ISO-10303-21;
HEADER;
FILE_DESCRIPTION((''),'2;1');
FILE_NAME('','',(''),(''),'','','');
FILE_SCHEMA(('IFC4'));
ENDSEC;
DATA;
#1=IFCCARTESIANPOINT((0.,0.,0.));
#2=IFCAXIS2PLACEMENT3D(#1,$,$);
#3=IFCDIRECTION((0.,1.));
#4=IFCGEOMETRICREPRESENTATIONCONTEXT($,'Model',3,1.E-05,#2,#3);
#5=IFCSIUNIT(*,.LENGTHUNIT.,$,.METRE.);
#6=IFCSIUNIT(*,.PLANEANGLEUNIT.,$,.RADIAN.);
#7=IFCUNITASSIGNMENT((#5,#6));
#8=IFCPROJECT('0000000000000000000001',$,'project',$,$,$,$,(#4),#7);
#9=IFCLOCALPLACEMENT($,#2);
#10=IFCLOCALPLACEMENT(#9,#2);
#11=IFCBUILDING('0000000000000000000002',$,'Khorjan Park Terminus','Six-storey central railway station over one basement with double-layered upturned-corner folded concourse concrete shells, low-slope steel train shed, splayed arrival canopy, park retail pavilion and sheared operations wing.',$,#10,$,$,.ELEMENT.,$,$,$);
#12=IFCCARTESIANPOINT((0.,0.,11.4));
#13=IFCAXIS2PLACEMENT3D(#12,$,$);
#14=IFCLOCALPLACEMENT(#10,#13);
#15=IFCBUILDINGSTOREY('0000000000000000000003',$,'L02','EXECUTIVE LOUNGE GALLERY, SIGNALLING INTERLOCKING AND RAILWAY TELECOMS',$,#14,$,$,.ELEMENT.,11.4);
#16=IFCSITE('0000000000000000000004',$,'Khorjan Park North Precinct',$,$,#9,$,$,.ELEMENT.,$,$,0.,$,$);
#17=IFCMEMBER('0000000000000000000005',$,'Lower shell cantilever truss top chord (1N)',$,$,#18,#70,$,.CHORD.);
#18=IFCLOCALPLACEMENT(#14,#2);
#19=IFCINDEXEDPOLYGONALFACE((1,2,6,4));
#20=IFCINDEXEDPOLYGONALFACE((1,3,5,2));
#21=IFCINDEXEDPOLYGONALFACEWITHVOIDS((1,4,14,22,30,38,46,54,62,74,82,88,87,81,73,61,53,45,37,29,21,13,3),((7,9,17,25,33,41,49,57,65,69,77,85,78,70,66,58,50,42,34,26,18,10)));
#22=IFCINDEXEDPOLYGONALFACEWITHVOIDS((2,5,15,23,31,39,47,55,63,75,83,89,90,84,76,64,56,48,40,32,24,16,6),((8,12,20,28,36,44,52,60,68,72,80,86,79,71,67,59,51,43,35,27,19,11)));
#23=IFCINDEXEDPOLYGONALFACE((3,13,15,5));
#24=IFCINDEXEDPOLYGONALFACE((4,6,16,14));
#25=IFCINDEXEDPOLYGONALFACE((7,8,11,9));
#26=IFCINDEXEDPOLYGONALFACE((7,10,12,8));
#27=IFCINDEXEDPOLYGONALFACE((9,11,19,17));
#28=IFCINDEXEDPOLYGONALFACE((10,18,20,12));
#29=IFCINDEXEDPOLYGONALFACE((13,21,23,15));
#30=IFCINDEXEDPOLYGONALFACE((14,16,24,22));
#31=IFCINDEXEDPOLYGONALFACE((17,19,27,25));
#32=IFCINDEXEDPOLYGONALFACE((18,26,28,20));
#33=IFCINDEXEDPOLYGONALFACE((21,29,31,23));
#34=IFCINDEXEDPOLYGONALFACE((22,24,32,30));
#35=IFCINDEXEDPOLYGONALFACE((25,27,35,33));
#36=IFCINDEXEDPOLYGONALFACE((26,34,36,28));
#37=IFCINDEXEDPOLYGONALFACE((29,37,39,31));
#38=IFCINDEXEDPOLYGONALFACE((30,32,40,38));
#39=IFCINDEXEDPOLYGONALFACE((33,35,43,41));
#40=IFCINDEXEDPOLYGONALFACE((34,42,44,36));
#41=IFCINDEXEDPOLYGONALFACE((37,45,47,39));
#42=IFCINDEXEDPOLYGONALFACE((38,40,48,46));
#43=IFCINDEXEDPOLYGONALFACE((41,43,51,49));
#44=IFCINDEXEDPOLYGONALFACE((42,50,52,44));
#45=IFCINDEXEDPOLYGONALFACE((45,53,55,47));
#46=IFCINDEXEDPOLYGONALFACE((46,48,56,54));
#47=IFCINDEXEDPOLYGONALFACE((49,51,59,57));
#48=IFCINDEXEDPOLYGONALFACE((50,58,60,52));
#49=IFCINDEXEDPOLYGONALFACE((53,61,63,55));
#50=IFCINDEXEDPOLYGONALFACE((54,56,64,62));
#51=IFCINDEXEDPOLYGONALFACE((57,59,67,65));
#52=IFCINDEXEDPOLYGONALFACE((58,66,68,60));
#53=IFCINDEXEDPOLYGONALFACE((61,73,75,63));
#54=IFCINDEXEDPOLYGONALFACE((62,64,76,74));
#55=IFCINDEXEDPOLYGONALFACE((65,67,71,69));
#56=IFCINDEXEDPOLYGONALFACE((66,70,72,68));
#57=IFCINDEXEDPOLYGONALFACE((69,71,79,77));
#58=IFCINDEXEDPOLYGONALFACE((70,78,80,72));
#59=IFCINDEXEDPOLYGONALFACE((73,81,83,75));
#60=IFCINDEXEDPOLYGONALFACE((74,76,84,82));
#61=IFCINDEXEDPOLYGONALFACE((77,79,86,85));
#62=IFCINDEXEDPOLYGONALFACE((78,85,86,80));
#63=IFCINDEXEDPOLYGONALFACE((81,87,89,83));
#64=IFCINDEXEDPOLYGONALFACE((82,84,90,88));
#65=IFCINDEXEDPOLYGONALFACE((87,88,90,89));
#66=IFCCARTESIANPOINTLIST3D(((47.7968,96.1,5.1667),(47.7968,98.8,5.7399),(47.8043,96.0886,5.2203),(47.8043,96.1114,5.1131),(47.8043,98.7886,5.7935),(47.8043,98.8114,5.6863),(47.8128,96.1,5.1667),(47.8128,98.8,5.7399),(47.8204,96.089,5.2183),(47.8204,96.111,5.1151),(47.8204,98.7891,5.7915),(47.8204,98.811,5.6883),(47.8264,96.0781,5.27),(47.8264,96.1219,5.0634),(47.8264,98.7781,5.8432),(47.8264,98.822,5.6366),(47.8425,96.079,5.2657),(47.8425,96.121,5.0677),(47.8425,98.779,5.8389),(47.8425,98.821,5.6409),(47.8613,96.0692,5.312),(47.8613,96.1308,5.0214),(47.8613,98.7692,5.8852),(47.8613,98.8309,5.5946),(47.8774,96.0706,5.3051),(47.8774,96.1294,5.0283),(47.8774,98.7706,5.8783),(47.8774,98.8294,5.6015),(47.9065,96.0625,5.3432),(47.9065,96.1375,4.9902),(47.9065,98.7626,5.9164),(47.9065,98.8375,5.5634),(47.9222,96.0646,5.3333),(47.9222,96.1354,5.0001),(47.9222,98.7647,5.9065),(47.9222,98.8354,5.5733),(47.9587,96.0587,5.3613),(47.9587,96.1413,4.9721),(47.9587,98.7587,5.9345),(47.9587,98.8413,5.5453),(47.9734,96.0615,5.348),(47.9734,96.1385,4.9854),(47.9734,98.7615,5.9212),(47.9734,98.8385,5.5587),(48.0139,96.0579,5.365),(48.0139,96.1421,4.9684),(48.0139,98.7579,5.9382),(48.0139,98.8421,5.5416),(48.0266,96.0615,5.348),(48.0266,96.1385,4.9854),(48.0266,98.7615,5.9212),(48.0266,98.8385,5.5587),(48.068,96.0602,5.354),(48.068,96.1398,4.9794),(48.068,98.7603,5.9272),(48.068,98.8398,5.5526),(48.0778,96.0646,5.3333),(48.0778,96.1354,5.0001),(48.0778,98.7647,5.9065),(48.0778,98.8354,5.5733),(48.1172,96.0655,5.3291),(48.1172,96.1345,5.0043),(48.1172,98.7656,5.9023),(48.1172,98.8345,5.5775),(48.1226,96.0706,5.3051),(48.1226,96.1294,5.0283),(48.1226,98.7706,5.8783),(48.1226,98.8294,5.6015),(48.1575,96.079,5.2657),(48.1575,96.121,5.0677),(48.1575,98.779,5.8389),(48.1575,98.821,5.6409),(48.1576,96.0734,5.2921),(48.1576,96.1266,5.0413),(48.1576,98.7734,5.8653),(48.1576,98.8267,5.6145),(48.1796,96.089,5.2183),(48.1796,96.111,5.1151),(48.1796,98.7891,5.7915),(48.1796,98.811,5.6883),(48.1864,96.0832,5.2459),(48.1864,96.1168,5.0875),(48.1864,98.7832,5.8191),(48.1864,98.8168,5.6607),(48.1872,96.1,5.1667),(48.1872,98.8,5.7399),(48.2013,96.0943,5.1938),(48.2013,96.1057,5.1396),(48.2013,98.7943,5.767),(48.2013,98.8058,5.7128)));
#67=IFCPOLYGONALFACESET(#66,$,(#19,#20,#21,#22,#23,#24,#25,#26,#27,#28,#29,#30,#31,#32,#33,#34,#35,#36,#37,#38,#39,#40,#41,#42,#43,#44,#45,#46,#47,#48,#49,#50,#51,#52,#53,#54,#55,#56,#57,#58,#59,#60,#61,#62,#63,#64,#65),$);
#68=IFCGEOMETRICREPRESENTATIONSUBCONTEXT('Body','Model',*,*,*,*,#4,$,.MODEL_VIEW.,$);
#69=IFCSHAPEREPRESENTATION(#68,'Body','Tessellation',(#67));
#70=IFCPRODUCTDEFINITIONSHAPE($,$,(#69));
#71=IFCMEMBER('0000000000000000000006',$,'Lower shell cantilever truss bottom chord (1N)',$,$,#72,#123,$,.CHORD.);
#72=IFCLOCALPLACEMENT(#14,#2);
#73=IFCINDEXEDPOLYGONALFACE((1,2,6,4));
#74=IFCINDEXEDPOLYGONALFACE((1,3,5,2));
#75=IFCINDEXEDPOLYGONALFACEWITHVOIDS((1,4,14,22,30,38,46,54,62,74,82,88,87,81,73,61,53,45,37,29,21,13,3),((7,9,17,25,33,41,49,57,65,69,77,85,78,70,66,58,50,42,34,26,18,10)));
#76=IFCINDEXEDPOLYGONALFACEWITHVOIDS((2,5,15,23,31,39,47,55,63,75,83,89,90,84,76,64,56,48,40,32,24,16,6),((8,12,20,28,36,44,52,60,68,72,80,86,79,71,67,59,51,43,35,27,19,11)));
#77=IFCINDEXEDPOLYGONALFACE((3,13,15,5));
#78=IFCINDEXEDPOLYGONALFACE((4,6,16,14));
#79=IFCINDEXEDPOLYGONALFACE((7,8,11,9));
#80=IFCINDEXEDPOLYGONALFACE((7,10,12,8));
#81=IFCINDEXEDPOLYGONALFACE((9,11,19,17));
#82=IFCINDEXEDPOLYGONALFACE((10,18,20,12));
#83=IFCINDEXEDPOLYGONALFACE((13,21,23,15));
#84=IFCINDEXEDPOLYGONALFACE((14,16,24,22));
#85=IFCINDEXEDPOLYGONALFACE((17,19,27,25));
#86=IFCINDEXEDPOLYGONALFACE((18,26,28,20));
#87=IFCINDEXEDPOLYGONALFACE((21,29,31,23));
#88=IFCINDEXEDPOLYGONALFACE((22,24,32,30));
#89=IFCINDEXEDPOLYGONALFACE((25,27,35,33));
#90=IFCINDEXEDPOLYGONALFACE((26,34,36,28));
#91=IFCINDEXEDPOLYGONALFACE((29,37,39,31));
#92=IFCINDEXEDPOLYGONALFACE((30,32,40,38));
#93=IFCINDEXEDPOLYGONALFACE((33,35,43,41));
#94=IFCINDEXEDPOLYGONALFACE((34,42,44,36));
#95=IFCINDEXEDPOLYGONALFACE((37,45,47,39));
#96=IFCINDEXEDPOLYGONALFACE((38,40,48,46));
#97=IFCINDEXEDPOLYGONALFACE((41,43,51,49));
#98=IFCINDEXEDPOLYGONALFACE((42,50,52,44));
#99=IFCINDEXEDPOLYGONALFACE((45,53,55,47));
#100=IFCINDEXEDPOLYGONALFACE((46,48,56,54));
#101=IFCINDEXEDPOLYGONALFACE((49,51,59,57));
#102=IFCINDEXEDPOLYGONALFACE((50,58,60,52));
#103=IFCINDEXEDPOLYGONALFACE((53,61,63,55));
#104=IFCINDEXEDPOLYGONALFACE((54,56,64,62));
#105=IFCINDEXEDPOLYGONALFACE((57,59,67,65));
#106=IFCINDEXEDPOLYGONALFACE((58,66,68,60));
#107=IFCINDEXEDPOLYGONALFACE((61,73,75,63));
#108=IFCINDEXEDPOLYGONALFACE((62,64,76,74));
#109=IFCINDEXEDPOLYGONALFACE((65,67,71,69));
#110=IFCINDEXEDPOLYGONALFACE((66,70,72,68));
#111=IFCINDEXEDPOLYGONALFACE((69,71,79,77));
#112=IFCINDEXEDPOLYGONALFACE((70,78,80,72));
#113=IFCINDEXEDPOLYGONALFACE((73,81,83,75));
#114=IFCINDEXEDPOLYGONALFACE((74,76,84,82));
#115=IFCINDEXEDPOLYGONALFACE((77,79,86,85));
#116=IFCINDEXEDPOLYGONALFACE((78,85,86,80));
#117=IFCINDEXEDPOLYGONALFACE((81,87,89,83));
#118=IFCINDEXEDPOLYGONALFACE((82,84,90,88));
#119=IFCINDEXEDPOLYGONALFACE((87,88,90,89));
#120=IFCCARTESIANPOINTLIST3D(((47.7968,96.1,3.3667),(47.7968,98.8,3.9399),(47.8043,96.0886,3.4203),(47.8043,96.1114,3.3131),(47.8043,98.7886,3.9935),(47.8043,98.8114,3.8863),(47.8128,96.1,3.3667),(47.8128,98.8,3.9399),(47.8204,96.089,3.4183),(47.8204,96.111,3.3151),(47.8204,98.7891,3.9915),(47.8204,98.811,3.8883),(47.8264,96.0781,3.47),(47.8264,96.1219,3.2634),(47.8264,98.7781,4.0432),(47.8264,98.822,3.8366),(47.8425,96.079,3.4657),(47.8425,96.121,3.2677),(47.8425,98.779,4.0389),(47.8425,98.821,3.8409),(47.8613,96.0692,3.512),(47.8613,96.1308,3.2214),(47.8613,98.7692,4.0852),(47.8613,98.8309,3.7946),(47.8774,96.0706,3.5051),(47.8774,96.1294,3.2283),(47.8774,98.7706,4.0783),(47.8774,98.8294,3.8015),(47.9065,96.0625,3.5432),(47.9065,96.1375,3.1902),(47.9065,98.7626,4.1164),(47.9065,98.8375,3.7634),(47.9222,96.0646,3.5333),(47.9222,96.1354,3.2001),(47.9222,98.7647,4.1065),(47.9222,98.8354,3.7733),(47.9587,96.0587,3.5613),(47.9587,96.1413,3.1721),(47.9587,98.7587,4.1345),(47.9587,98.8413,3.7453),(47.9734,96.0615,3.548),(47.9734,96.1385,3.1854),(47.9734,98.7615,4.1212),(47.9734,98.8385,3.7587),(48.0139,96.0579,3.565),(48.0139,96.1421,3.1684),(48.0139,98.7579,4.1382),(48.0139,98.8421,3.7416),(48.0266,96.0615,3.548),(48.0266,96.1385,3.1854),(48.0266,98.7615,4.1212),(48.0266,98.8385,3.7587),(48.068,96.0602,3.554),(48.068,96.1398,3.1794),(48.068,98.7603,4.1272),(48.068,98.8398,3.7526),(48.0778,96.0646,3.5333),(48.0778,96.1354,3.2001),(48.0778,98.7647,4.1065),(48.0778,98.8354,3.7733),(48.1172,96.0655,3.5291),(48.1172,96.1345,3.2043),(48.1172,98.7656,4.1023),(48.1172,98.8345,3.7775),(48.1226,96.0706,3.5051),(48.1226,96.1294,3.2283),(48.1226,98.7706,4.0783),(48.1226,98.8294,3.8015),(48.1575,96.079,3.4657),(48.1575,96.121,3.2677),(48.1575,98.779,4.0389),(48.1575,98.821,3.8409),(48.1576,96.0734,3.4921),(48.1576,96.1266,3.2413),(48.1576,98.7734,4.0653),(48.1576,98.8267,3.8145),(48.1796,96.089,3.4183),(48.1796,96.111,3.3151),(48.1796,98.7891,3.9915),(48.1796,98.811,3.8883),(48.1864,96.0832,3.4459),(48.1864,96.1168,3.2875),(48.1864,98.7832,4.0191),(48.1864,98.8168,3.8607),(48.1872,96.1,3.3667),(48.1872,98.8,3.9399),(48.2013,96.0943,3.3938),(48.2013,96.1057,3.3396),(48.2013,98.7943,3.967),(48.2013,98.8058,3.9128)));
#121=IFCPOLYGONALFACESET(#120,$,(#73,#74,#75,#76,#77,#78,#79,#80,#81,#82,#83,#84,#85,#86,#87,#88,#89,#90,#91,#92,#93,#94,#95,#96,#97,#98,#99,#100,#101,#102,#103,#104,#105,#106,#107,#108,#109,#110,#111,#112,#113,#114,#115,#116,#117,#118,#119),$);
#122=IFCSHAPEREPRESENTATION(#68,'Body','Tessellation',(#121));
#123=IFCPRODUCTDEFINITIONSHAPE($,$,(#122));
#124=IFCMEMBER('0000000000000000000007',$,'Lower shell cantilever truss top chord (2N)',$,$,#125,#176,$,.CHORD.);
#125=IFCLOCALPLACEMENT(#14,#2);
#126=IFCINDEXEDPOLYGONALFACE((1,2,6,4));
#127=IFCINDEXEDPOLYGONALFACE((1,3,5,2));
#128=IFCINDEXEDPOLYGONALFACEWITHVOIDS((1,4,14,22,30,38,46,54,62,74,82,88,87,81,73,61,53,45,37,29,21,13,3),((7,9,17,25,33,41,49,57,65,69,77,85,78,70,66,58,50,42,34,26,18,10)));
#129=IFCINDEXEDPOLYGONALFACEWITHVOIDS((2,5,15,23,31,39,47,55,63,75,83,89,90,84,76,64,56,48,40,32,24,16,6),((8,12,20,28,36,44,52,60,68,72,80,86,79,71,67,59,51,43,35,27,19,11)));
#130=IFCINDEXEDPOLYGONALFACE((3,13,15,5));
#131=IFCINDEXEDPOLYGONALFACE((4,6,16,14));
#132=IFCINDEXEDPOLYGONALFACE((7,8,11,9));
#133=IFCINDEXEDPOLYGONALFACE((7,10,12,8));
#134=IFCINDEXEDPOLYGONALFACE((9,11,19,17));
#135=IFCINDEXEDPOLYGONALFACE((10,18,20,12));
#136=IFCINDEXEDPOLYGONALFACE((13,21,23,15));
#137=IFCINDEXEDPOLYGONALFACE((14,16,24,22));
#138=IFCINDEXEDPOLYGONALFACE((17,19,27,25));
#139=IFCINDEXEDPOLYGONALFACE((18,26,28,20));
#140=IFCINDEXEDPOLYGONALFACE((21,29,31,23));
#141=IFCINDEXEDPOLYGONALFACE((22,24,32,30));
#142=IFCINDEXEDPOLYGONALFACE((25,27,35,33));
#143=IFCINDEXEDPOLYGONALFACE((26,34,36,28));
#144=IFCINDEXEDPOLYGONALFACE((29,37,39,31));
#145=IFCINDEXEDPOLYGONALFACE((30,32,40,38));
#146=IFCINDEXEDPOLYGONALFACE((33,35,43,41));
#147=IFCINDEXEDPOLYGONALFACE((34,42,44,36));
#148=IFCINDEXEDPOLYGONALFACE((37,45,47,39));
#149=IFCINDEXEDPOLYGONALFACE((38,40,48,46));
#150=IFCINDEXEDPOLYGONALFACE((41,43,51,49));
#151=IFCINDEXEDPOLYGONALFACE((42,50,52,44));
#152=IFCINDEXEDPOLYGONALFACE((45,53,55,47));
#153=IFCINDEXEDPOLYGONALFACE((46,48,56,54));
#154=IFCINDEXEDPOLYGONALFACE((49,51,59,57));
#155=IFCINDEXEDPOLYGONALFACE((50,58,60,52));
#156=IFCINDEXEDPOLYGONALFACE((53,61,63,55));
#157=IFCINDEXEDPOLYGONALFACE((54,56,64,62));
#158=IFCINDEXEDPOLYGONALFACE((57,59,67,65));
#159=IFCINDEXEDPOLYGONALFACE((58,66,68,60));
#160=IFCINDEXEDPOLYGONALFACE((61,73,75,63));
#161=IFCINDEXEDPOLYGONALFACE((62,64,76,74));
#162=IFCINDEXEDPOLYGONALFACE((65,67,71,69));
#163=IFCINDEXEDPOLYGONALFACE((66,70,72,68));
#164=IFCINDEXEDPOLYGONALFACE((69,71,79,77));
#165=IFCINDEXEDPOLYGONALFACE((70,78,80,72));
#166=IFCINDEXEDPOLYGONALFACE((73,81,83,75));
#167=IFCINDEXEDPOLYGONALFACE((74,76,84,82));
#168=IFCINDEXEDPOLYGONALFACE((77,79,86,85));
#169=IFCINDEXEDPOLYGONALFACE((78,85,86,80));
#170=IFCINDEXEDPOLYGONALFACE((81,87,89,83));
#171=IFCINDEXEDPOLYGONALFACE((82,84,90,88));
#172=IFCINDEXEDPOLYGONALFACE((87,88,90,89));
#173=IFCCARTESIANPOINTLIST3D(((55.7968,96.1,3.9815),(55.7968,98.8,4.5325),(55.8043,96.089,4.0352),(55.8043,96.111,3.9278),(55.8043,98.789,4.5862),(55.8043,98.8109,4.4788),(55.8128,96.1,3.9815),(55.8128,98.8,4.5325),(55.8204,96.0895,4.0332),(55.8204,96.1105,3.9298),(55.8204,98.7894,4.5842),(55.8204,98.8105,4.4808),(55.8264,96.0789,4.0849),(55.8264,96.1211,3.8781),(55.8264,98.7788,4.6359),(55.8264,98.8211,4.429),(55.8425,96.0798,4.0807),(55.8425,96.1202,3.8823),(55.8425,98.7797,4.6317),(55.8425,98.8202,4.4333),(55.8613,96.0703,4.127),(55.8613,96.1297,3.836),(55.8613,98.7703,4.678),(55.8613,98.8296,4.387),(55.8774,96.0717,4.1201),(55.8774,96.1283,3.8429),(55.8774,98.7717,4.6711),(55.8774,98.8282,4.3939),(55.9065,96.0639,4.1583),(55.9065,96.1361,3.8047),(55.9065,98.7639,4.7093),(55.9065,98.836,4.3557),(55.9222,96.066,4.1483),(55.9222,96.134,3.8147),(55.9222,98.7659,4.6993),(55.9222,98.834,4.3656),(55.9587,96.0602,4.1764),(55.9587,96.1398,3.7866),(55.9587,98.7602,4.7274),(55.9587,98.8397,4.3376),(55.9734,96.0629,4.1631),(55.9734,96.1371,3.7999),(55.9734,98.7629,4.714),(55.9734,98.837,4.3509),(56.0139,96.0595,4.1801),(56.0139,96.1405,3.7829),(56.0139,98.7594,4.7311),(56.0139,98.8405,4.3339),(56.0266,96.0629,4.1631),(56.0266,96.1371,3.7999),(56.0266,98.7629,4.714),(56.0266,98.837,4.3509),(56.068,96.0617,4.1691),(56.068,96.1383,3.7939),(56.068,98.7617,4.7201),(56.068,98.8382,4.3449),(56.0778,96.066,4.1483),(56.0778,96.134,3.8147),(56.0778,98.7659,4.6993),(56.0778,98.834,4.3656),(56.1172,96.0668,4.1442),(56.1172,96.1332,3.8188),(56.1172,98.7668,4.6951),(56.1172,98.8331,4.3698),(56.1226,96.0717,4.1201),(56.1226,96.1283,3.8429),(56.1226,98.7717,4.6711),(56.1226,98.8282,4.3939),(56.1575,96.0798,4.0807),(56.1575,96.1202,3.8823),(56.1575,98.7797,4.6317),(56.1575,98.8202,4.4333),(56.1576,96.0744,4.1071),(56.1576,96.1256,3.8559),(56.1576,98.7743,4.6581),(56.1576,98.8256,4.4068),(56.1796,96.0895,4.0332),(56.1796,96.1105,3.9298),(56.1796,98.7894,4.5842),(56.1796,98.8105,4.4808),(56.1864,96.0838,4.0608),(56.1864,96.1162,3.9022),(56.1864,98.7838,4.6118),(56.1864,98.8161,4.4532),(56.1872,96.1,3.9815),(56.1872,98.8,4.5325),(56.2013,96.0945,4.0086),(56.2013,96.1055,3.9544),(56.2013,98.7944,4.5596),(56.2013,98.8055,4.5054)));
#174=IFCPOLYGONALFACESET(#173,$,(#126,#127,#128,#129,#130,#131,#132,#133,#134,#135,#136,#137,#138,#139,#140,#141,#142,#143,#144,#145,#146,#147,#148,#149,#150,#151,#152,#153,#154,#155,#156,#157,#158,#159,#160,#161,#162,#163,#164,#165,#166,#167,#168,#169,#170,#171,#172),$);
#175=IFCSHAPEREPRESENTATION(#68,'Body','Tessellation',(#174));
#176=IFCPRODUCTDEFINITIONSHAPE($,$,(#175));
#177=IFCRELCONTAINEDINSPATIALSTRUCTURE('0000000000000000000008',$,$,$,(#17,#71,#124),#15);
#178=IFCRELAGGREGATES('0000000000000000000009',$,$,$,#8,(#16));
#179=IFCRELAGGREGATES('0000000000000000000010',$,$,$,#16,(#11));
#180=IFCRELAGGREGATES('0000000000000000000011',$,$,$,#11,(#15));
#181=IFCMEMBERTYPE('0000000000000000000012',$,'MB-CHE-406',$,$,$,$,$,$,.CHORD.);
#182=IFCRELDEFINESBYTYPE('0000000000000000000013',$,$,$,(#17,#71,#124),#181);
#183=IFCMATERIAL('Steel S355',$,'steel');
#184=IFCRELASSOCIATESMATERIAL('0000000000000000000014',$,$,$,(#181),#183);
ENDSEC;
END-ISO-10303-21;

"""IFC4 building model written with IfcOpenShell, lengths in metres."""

from ifc_helpers import new_model, si_unit, direction, frame, origin, origin_2d, place, context, subcontext, project, spatial, hollow_circle, extrude, material, material_profile, profile_set, type_object, element, save


model = new_model("IFC4")

# Units and contexts
model_context = context("Model", 3, precision=1e-05, world=origin(), true_north=direction((0.0, 1.0)))
body_context = subcontext(model_context, "Body", "Model", "MODEL_VIEW")
ifc_project = project(units=[si_unit("LENGTHUNIT", "METRE"), si_unit("PLANEANGLEUNIT", "RADIAN")], contexts=[model_context])

# Site, building, storey
site_placement = place(None, origin())
site = spatial("IfcSite", under=ifc_project, at=site_placement, Name="Khorjan Park North Precinct", CompositionType="ELEMENT", RefElevation=0.0)
building_placement = place(site_placement, origin())
building = spatial("IfcBuilding", under=site, at=building_placement, Name="Khorjan Park Terminus", Description="Six-storey central railway station over one basement with double-layered upturned-corner folded concourse concrete shells, low-slope steel train shed, splayed arrival canopy, park retail pavilion and sheared operations wing.", CompositionType="ELEMENT")
storey_placement = place(building_placement, frame((0.0, 0.0, 11.4)))
storey = spatial("IfcBuildingStorey", under=building, at=storey_placement, Name="L02", Description="EXECUTIVE LOUNGE GALLERY, SIGNALLING INTERLOCKING AND RAILWAY TELECOMS", CompositionType="ELEMENT", Elevation=11.4)

# Shared definitions
ifc_material = material(Name="Steel S355", Category="steel")

# Members
ifc_material_profile_1 = material_profile(ifc_material, hollow_circle(Radius=0.2032, WallThickness=0.016, at=origin_2d()), Name="CHS 406.4x16")
ifc_profile_set_1 = profile_set([ifc_material_profile_1], Name="Steel S355")
member_type_1 = type_object("IfcMemberType", Name="MB-CHE-406", PredefinedType="CHORD", material=ifc_profile_set_1)
for number, where, z_axis, x_axis, name in (
    (1, (48.0, 96.1, 5.1667), (0.0, 0.978199, 0.207668), (-1.0, 0.0, 0.0), "Lower shell cantilever truss top chord (1N)"),
    (2, (48.0, 96.1, 3.3667), (0.0, 0.978199, 0.207668), (-1.0, 0.0, 0.0), "Lower shell cantilever truss bottom chord (1N)"),
):
    element("IfcMember", number, at=place(storey_placement, frame(where, z_axis=z_axis, x_axis=x_axis)), inside=storey, type_object=member_type_1, Name=name, PredefinedType="CHORD", context=body_context, shape_type="SweptSolid", body=[
        extrude(hollow_circle(Radius=0.2032, WallThickness=0.016, at=origin_2d()), origin(), (0.0, 0.0, 1.0), 2.7602),
    ])
for number, where, z_axis, x_axis, name in (
    (3, (56.0, 96.1, 3.9815), (0.0, 0.979806, 0.199953), (-1.0, 0.0, 0.0), "Lower shell cantilever truss top chord (2N)"),
):
    element("IfcMember", number, at=place(storey_placement, frame(where, z_axis=z_axis, x_axis=x_axis)), inside=storey, type_object=member_type_1, Name=name, PredefinedType="CHORD", context=body_context, shape_type="SweptSolid", body=[
        extrude(hollow_circle(Radius=0.2032, WallThickness=0.016, at=origin_2d()), origin(), (0.0, 0.0, 1.0), 2.7556),
    ])

save(model, "model.ifc")
